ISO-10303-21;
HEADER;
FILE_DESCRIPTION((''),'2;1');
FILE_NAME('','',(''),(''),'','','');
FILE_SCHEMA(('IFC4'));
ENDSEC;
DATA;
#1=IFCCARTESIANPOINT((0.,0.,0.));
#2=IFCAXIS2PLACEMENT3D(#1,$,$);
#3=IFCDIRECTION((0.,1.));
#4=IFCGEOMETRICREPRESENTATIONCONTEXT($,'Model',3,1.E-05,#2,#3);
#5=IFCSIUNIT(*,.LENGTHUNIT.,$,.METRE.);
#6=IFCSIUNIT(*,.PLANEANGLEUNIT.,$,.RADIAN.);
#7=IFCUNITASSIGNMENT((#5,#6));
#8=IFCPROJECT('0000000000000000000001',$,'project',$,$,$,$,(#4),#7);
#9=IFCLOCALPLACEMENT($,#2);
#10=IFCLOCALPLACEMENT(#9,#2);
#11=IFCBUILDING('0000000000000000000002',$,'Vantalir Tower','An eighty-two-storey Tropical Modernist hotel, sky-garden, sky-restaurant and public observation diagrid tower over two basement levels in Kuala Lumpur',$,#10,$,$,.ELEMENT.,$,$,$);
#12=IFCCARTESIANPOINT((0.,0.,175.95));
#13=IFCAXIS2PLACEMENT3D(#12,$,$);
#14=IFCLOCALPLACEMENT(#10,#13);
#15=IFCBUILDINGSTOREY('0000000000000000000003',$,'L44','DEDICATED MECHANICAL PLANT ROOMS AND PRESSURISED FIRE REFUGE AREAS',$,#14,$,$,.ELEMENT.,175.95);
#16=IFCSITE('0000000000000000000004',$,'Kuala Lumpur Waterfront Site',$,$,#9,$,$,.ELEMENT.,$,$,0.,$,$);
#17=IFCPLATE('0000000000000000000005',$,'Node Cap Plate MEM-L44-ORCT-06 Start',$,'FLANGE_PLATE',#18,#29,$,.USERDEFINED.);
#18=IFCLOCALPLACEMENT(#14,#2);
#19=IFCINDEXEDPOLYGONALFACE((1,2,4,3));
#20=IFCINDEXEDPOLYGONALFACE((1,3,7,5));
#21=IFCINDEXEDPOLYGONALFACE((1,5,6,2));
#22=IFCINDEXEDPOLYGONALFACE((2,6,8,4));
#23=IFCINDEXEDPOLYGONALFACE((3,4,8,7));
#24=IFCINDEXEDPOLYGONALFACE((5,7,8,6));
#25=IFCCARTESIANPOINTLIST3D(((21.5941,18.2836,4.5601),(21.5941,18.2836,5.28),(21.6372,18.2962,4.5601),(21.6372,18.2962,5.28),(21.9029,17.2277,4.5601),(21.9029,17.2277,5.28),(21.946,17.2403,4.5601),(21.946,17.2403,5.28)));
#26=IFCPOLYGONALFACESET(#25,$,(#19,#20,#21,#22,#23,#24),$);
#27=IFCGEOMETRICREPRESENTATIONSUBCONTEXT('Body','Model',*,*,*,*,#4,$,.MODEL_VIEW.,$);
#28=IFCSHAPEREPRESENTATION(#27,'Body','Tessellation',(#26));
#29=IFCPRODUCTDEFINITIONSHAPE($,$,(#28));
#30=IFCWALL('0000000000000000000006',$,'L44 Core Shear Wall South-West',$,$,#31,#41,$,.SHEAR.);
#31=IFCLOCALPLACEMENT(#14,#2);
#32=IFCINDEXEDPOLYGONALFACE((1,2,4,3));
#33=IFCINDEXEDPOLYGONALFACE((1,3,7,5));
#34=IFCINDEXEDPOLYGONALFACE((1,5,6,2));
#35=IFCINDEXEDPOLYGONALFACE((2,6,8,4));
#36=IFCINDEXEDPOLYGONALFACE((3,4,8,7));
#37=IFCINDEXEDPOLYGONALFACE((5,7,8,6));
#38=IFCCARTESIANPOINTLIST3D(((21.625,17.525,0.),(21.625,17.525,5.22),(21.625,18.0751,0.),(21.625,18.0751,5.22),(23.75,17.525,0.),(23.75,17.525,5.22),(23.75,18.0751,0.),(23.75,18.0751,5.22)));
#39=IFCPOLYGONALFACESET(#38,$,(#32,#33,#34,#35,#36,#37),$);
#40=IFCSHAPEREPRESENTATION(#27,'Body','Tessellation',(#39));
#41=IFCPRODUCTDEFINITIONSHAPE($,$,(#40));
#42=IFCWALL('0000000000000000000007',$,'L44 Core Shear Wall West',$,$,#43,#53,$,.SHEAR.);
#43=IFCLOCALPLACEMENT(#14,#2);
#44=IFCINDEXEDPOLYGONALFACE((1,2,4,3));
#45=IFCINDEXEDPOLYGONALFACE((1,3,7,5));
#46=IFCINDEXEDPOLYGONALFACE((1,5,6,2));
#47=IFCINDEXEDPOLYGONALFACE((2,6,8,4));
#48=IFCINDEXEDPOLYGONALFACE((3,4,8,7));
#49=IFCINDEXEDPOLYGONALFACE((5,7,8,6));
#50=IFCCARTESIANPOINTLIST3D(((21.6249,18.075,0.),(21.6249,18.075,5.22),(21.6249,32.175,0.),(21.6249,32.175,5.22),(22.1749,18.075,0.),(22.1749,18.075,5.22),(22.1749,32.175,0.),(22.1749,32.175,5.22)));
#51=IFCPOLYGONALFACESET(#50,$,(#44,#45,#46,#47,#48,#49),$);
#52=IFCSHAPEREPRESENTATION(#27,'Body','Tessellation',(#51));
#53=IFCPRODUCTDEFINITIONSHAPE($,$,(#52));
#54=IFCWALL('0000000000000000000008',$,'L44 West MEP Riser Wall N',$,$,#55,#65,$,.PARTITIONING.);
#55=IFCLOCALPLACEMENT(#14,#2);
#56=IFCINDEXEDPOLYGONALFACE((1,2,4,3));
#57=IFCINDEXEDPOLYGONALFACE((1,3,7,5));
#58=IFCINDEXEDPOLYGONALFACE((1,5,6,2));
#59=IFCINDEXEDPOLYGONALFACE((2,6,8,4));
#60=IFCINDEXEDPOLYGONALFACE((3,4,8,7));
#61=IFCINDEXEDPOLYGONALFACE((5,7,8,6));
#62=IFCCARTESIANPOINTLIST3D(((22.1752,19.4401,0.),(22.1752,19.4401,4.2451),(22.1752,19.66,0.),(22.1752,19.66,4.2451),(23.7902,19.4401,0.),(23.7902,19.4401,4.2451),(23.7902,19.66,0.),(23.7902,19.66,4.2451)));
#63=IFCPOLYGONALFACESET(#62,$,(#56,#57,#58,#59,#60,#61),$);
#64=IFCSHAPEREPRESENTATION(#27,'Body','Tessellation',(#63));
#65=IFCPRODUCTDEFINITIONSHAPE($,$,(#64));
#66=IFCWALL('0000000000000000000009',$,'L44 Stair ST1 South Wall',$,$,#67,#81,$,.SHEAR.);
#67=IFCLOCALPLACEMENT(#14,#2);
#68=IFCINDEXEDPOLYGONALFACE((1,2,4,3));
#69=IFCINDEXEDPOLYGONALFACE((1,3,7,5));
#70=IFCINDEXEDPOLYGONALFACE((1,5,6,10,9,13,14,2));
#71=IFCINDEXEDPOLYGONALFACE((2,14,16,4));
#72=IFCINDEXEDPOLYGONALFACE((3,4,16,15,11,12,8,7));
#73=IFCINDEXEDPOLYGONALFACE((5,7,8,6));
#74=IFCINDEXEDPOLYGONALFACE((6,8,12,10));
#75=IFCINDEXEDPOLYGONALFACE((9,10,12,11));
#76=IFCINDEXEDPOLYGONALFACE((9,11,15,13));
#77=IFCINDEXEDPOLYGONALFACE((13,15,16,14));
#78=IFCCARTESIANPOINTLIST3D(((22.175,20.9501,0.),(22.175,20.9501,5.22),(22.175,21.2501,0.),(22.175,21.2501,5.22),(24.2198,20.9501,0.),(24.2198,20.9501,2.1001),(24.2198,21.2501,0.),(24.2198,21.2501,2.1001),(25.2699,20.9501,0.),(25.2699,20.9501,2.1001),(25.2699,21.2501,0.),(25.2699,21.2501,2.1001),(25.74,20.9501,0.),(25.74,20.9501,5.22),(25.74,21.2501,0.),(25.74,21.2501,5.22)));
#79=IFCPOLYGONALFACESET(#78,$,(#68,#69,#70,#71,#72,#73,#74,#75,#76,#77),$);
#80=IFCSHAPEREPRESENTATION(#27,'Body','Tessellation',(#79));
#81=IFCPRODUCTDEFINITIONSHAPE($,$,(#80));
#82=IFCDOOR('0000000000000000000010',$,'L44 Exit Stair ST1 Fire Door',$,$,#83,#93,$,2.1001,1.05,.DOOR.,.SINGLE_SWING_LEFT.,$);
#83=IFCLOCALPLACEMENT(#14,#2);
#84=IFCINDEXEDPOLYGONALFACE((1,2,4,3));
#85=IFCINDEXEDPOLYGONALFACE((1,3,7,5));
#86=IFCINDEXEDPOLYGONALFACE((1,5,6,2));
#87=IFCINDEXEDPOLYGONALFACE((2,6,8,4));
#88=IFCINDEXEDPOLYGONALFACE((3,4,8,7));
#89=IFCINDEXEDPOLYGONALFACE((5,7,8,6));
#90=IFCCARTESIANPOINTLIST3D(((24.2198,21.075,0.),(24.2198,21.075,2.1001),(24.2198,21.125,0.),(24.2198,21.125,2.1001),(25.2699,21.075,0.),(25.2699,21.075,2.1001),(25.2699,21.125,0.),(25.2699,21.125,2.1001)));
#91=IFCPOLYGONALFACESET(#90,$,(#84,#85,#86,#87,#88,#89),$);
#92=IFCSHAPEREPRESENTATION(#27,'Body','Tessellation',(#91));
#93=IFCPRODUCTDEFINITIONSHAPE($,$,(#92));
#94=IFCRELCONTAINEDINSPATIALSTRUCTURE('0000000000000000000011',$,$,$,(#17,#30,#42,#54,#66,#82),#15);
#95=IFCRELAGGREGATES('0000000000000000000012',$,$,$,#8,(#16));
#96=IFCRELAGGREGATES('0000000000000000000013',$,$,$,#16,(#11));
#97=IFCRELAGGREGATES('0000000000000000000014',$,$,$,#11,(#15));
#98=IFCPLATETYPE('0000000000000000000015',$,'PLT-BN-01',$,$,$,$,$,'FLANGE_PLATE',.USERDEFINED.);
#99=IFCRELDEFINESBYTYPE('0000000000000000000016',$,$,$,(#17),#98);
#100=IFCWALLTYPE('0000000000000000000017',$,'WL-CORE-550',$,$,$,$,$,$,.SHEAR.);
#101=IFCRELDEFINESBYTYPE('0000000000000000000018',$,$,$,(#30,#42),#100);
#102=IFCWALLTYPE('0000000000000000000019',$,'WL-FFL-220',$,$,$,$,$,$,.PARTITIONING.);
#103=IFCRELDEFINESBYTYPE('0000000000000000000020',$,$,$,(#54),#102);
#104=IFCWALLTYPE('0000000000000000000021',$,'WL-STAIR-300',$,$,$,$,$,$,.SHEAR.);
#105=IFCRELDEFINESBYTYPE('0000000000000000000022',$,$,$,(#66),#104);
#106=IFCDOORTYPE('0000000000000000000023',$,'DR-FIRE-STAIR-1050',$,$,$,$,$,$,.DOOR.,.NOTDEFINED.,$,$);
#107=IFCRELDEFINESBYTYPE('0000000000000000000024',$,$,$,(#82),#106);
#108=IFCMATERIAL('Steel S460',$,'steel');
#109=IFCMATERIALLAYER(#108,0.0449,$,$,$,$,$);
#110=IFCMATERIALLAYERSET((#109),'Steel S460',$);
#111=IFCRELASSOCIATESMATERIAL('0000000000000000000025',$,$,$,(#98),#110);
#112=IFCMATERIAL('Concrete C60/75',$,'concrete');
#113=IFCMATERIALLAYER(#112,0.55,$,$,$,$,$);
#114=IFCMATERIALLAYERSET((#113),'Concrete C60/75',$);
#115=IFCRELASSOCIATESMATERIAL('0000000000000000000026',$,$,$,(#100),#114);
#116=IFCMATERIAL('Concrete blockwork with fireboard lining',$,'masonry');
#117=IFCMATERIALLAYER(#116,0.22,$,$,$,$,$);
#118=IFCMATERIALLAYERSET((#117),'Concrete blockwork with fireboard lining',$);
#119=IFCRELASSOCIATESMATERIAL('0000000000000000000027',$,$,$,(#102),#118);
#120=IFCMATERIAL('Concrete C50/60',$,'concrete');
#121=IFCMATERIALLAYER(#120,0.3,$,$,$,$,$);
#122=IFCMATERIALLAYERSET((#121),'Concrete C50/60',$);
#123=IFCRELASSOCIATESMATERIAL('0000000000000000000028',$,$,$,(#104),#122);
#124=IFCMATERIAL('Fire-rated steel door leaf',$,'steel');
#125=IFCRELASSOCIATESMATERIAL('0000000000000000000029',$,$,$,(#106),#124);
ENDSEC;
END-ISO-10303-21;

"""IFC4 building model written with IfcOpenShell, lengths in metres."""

from ifc_helpers import new_model, si_unit, direction, frame, frame_2d, origin, origin_2d, place, context, subcontext, project, spatial, rectangle, extrude, material, layer, layer_set, type_object, element, fill, save


model = new_model("IFC4")

# Units and contexts
model_context = context("Model", 3, precision=1e-05, world=origin(), true_north=direction((0.0, 1.0)))
body_context = subcontext(model_context, "Body", "Model", "MODEL_VIEW")
ifc_project = project(units=[si_unit("LENGTHUNIT", "METRE"), si_unit("PLANEANGLEUNIT", "RADIAN")], contexts=[model_context])

# Site, building, storey
site_placement = place(None, origin())
site = spatial("IfcSite", under=ifc_project, at=site_placement, Name="Kuala Lumpur Waterfront Site", CompositionType="ELEMENT", RefElevation=0.0)
building_placement = place(site_placement, origin())
building = spatial("IfcBuilding", under=site, at=building_placement, Name="Vantalir Tower", Description="An eighty-two-storey Tropical Modernist hotel, sky-garden, sky-restaurant and public observation diagrid tower over two basement levels in Kuala Lumpur", CompositionType="ELEMENT")
storey_placement = place(building_placement, frame((0.0, 0.0, 175.95)))
storey = spatial("IfcBuildingStorey", under=building, at=storey_placement, Name="L44", Description="DEDICATED MECHANICAL PLANT ROOMS AND PRESSURISED FIRE REFUGE AREAS", CompositionType="ELEMENT", Elevation=175.95)

# Shared definitions
ifc_material_1 = material(Name="Concrete C60/75", Category="concrete")

# Shared definitions
ifc_material_2 = material(Name="Steel S460", Category="steel")

# Plate
ifc_layer_1 = layer(ifc_material_2, 0.0449)
ifc_layer_set_1 = layer_set([ifc_layer_1], Name="Steel S460")
plate_type = type_object("IfcPlateType", Name="PLT-BN-01", ElementType="FLANGE_PLATE", PredefinedType="USERDEFINED", material=ifc_layer_set_1)
for number, where, z_axis, x_axis, name in (
    (1, (21.77, 17.762, 4.5601), (0.0, 0.0, 1.0), (-0.959795, -0.2807, 0.0), "Node Cap Plate MEM-L44-ORCT-06 Start"),
):
    element("IfcPlate", number, at=place(storey_placement, frame(where, z_axis=z_axis, x_axis=x_axis)), inside=storey, type_object=plate_type, Name=name, ObjectType="FLANGE_PLATE", PredefinedType="USERDEFINED", context=body_context, shape_type="SweptSolid", body=[
        extrude(rectangle(XDim=0.0449, YDim=1.1001, at=origin_2d()), origin(), (0.0, 0.0, 1.0), 0.72),
    ])

# Walls
ifc_layer_2 = layer(ifc_material_1, 0.55)
ifc_layer_set_2 = layer_set([ifc_layer_2], Name="Concrete C60/75")
wall_type_1 = type_object("IfcWallType", Name="WL-CORE-550", PredefinedType="SHEAR", material=ifc_layer_set_2)
wall_1_placement = place(storey_placement, frame((21.625, 17.8, 0.0), z_axis=(0.0, 0.0, 1.0), x_axis=(1.0, 0.0, 0.0)))
element("IfcWall", 2, at=wall_1_placement, inside=storey, type_object=wall_type_1, Name="L44 Core Shear Wall South-West", PredefinedType="SHEAR", context=body_context, shape_type="SweptSolid", body=[
    extrude(rectangle(XDim=2.125, YDim=0.55, at=frame_2d((1.0625, 0.0))), origin(), (0.0, 0.0, 1.0), 5.22),
])
wall_2_placement = place(storey_placement, frame((21.8999, 18.075, 0.0), z_axis=(0.0, 0.0, 1.0), x_axis=(0.0, 1.0, 0.0)))
element("IfcWall", 3, at=wall_2_placement, inside=storey, type_object=wall_type_1, Name="L44 Core Shear Wall West", PredefinedType="SHEAR", context=body_context, shape_type="SweptSolid", body=[
    extrude(rectangle(XDim=14.1001, YDim=0.55, at=frame_2d((7.05, 0.0))), origin(), (0.0, 0.0, 1.0), 5.22),
])
ifc_material_3 = material(Name="Concrete blockwork with fireboard lining", Category="masonry")
ifc_layer_3 = layer(ifc_material_3, 0.22)
ifc_layer_set_3 = layer_set([ifc_layer_3], Name="Concrete blockwork with fireboard lining")
wall_type_2 = type_object("IfcWallType", Name="WL-FFL-220", PredefinedType="PARTITIONING", material=ifc_layer_set_3)
wall_3_placement = place(storey_placement, frame((22.175, 19.55, 0.0), z_axis=(0.0, 0.0, 1.0), x_axis=(1.0, 0.0, 0.0)))
element("IfcWall", 4, at=wall_3_placement, inside=storey, type_object=wall_type_2, Name="L44 West MEP Riser Wall N", PredefinedType="PARTITIONING", context=body_context, shape_type="SweptSolid", body=[
    extrude(rectangle(XDim=1.615, YDim=0.22, at=frame_2d((0.8076, 0.0))), origin(), (0.0, 0.0, 1.0), 4.2451),
])

# Wall, opening, door
ifc_material_4 = material(Name="Concrete C50/60", Category="concrete")
ifc_layer_4 = layer(ifc_material_4, 0.3)
ifc_layer_set_4 = layer_set([ifc_layer_4], Name="Concrete C50/60")
wall_type_3 = type_object("IfcWallType", Name="WL-STAIR-300", PredefinedType="SHEAR", material=ifc_layer_set_4)
wall_4_placement = place(storey_placement, frame((22.175, 21.1001, 0.0), z_axis=(0.0, 0.0, 1.0), x_axis=(1.0, 0.0, 0.0)))
wall_4 = element("IfcWall", 5, at=wall_4_placement, inside=storey, type_object=wall_type_3, Name="L44 Stair ST1 South Wall", PredefinedType="SHEAR", context=body_context, shape_type="SweptSolid", body=[
    extrude(rectangle(XDim=3.5649, YDim=0.3, at=frame_2d((1.7825, 0.0))), origin(), (0.0, 0.0, 1.0), 5.22),
])
opening_placement = place(wall_4_placement, frame((2.0449, 0.0, 0.0)))
opening = element("IfcOpeningElement", 6, at=opening_placement, cuts=wall_4, PredefinedType="OPENING", context=body_context, shape_type="SweptSolid", body=[
    extrude(rectangle(XDim=1.05, YDim=2.1001, at=frame_2d((0.5249, 1.05))), frame((0.0, 0.1599, 0.0), z_axis=(0.0, -1.0, 0.0), x_axis=(1.0, 0.0, 0.0)), (0.0, 0.0, 1.0), 0.3201),
])
ifc_material_5 = material(Name="Fire-rated steel door leaf", Category="steel")
door_type = type_object("IfcDoorType", Name="DR-FIRE-STAIR-1050", OperationType="NOTDEFINED", PredefinedType="DOOR", material=ifc_material_5)
door_placement = place(opening_placement, origin())
door = element("IfcDoor", 7, at=door_placement, inside=storey, type_object=door_type, Name="L44 Exit Stair ST1 Fire Door", OperationType="SINGLE_SWING_LEFT", OverallHeight=2.1001, OverallWidth=1.05, PredefinedType="DOOR", context=body_context, shape_type="SweptSolid", body=[
    extrude(rectangle(XDim=1.05, YDim=2.1001, at=frame_2d((0.5249, 1.05))), frame((0.0, 0.0249, 0.0), z_axis=(0.0, -1.0, 0.0), x_axis=(1.0, 0.0, 0.0)), (0.0, 0.0, 1.0), 0.05),
])
fill(opening, door)

save(model, "model.ifc")
